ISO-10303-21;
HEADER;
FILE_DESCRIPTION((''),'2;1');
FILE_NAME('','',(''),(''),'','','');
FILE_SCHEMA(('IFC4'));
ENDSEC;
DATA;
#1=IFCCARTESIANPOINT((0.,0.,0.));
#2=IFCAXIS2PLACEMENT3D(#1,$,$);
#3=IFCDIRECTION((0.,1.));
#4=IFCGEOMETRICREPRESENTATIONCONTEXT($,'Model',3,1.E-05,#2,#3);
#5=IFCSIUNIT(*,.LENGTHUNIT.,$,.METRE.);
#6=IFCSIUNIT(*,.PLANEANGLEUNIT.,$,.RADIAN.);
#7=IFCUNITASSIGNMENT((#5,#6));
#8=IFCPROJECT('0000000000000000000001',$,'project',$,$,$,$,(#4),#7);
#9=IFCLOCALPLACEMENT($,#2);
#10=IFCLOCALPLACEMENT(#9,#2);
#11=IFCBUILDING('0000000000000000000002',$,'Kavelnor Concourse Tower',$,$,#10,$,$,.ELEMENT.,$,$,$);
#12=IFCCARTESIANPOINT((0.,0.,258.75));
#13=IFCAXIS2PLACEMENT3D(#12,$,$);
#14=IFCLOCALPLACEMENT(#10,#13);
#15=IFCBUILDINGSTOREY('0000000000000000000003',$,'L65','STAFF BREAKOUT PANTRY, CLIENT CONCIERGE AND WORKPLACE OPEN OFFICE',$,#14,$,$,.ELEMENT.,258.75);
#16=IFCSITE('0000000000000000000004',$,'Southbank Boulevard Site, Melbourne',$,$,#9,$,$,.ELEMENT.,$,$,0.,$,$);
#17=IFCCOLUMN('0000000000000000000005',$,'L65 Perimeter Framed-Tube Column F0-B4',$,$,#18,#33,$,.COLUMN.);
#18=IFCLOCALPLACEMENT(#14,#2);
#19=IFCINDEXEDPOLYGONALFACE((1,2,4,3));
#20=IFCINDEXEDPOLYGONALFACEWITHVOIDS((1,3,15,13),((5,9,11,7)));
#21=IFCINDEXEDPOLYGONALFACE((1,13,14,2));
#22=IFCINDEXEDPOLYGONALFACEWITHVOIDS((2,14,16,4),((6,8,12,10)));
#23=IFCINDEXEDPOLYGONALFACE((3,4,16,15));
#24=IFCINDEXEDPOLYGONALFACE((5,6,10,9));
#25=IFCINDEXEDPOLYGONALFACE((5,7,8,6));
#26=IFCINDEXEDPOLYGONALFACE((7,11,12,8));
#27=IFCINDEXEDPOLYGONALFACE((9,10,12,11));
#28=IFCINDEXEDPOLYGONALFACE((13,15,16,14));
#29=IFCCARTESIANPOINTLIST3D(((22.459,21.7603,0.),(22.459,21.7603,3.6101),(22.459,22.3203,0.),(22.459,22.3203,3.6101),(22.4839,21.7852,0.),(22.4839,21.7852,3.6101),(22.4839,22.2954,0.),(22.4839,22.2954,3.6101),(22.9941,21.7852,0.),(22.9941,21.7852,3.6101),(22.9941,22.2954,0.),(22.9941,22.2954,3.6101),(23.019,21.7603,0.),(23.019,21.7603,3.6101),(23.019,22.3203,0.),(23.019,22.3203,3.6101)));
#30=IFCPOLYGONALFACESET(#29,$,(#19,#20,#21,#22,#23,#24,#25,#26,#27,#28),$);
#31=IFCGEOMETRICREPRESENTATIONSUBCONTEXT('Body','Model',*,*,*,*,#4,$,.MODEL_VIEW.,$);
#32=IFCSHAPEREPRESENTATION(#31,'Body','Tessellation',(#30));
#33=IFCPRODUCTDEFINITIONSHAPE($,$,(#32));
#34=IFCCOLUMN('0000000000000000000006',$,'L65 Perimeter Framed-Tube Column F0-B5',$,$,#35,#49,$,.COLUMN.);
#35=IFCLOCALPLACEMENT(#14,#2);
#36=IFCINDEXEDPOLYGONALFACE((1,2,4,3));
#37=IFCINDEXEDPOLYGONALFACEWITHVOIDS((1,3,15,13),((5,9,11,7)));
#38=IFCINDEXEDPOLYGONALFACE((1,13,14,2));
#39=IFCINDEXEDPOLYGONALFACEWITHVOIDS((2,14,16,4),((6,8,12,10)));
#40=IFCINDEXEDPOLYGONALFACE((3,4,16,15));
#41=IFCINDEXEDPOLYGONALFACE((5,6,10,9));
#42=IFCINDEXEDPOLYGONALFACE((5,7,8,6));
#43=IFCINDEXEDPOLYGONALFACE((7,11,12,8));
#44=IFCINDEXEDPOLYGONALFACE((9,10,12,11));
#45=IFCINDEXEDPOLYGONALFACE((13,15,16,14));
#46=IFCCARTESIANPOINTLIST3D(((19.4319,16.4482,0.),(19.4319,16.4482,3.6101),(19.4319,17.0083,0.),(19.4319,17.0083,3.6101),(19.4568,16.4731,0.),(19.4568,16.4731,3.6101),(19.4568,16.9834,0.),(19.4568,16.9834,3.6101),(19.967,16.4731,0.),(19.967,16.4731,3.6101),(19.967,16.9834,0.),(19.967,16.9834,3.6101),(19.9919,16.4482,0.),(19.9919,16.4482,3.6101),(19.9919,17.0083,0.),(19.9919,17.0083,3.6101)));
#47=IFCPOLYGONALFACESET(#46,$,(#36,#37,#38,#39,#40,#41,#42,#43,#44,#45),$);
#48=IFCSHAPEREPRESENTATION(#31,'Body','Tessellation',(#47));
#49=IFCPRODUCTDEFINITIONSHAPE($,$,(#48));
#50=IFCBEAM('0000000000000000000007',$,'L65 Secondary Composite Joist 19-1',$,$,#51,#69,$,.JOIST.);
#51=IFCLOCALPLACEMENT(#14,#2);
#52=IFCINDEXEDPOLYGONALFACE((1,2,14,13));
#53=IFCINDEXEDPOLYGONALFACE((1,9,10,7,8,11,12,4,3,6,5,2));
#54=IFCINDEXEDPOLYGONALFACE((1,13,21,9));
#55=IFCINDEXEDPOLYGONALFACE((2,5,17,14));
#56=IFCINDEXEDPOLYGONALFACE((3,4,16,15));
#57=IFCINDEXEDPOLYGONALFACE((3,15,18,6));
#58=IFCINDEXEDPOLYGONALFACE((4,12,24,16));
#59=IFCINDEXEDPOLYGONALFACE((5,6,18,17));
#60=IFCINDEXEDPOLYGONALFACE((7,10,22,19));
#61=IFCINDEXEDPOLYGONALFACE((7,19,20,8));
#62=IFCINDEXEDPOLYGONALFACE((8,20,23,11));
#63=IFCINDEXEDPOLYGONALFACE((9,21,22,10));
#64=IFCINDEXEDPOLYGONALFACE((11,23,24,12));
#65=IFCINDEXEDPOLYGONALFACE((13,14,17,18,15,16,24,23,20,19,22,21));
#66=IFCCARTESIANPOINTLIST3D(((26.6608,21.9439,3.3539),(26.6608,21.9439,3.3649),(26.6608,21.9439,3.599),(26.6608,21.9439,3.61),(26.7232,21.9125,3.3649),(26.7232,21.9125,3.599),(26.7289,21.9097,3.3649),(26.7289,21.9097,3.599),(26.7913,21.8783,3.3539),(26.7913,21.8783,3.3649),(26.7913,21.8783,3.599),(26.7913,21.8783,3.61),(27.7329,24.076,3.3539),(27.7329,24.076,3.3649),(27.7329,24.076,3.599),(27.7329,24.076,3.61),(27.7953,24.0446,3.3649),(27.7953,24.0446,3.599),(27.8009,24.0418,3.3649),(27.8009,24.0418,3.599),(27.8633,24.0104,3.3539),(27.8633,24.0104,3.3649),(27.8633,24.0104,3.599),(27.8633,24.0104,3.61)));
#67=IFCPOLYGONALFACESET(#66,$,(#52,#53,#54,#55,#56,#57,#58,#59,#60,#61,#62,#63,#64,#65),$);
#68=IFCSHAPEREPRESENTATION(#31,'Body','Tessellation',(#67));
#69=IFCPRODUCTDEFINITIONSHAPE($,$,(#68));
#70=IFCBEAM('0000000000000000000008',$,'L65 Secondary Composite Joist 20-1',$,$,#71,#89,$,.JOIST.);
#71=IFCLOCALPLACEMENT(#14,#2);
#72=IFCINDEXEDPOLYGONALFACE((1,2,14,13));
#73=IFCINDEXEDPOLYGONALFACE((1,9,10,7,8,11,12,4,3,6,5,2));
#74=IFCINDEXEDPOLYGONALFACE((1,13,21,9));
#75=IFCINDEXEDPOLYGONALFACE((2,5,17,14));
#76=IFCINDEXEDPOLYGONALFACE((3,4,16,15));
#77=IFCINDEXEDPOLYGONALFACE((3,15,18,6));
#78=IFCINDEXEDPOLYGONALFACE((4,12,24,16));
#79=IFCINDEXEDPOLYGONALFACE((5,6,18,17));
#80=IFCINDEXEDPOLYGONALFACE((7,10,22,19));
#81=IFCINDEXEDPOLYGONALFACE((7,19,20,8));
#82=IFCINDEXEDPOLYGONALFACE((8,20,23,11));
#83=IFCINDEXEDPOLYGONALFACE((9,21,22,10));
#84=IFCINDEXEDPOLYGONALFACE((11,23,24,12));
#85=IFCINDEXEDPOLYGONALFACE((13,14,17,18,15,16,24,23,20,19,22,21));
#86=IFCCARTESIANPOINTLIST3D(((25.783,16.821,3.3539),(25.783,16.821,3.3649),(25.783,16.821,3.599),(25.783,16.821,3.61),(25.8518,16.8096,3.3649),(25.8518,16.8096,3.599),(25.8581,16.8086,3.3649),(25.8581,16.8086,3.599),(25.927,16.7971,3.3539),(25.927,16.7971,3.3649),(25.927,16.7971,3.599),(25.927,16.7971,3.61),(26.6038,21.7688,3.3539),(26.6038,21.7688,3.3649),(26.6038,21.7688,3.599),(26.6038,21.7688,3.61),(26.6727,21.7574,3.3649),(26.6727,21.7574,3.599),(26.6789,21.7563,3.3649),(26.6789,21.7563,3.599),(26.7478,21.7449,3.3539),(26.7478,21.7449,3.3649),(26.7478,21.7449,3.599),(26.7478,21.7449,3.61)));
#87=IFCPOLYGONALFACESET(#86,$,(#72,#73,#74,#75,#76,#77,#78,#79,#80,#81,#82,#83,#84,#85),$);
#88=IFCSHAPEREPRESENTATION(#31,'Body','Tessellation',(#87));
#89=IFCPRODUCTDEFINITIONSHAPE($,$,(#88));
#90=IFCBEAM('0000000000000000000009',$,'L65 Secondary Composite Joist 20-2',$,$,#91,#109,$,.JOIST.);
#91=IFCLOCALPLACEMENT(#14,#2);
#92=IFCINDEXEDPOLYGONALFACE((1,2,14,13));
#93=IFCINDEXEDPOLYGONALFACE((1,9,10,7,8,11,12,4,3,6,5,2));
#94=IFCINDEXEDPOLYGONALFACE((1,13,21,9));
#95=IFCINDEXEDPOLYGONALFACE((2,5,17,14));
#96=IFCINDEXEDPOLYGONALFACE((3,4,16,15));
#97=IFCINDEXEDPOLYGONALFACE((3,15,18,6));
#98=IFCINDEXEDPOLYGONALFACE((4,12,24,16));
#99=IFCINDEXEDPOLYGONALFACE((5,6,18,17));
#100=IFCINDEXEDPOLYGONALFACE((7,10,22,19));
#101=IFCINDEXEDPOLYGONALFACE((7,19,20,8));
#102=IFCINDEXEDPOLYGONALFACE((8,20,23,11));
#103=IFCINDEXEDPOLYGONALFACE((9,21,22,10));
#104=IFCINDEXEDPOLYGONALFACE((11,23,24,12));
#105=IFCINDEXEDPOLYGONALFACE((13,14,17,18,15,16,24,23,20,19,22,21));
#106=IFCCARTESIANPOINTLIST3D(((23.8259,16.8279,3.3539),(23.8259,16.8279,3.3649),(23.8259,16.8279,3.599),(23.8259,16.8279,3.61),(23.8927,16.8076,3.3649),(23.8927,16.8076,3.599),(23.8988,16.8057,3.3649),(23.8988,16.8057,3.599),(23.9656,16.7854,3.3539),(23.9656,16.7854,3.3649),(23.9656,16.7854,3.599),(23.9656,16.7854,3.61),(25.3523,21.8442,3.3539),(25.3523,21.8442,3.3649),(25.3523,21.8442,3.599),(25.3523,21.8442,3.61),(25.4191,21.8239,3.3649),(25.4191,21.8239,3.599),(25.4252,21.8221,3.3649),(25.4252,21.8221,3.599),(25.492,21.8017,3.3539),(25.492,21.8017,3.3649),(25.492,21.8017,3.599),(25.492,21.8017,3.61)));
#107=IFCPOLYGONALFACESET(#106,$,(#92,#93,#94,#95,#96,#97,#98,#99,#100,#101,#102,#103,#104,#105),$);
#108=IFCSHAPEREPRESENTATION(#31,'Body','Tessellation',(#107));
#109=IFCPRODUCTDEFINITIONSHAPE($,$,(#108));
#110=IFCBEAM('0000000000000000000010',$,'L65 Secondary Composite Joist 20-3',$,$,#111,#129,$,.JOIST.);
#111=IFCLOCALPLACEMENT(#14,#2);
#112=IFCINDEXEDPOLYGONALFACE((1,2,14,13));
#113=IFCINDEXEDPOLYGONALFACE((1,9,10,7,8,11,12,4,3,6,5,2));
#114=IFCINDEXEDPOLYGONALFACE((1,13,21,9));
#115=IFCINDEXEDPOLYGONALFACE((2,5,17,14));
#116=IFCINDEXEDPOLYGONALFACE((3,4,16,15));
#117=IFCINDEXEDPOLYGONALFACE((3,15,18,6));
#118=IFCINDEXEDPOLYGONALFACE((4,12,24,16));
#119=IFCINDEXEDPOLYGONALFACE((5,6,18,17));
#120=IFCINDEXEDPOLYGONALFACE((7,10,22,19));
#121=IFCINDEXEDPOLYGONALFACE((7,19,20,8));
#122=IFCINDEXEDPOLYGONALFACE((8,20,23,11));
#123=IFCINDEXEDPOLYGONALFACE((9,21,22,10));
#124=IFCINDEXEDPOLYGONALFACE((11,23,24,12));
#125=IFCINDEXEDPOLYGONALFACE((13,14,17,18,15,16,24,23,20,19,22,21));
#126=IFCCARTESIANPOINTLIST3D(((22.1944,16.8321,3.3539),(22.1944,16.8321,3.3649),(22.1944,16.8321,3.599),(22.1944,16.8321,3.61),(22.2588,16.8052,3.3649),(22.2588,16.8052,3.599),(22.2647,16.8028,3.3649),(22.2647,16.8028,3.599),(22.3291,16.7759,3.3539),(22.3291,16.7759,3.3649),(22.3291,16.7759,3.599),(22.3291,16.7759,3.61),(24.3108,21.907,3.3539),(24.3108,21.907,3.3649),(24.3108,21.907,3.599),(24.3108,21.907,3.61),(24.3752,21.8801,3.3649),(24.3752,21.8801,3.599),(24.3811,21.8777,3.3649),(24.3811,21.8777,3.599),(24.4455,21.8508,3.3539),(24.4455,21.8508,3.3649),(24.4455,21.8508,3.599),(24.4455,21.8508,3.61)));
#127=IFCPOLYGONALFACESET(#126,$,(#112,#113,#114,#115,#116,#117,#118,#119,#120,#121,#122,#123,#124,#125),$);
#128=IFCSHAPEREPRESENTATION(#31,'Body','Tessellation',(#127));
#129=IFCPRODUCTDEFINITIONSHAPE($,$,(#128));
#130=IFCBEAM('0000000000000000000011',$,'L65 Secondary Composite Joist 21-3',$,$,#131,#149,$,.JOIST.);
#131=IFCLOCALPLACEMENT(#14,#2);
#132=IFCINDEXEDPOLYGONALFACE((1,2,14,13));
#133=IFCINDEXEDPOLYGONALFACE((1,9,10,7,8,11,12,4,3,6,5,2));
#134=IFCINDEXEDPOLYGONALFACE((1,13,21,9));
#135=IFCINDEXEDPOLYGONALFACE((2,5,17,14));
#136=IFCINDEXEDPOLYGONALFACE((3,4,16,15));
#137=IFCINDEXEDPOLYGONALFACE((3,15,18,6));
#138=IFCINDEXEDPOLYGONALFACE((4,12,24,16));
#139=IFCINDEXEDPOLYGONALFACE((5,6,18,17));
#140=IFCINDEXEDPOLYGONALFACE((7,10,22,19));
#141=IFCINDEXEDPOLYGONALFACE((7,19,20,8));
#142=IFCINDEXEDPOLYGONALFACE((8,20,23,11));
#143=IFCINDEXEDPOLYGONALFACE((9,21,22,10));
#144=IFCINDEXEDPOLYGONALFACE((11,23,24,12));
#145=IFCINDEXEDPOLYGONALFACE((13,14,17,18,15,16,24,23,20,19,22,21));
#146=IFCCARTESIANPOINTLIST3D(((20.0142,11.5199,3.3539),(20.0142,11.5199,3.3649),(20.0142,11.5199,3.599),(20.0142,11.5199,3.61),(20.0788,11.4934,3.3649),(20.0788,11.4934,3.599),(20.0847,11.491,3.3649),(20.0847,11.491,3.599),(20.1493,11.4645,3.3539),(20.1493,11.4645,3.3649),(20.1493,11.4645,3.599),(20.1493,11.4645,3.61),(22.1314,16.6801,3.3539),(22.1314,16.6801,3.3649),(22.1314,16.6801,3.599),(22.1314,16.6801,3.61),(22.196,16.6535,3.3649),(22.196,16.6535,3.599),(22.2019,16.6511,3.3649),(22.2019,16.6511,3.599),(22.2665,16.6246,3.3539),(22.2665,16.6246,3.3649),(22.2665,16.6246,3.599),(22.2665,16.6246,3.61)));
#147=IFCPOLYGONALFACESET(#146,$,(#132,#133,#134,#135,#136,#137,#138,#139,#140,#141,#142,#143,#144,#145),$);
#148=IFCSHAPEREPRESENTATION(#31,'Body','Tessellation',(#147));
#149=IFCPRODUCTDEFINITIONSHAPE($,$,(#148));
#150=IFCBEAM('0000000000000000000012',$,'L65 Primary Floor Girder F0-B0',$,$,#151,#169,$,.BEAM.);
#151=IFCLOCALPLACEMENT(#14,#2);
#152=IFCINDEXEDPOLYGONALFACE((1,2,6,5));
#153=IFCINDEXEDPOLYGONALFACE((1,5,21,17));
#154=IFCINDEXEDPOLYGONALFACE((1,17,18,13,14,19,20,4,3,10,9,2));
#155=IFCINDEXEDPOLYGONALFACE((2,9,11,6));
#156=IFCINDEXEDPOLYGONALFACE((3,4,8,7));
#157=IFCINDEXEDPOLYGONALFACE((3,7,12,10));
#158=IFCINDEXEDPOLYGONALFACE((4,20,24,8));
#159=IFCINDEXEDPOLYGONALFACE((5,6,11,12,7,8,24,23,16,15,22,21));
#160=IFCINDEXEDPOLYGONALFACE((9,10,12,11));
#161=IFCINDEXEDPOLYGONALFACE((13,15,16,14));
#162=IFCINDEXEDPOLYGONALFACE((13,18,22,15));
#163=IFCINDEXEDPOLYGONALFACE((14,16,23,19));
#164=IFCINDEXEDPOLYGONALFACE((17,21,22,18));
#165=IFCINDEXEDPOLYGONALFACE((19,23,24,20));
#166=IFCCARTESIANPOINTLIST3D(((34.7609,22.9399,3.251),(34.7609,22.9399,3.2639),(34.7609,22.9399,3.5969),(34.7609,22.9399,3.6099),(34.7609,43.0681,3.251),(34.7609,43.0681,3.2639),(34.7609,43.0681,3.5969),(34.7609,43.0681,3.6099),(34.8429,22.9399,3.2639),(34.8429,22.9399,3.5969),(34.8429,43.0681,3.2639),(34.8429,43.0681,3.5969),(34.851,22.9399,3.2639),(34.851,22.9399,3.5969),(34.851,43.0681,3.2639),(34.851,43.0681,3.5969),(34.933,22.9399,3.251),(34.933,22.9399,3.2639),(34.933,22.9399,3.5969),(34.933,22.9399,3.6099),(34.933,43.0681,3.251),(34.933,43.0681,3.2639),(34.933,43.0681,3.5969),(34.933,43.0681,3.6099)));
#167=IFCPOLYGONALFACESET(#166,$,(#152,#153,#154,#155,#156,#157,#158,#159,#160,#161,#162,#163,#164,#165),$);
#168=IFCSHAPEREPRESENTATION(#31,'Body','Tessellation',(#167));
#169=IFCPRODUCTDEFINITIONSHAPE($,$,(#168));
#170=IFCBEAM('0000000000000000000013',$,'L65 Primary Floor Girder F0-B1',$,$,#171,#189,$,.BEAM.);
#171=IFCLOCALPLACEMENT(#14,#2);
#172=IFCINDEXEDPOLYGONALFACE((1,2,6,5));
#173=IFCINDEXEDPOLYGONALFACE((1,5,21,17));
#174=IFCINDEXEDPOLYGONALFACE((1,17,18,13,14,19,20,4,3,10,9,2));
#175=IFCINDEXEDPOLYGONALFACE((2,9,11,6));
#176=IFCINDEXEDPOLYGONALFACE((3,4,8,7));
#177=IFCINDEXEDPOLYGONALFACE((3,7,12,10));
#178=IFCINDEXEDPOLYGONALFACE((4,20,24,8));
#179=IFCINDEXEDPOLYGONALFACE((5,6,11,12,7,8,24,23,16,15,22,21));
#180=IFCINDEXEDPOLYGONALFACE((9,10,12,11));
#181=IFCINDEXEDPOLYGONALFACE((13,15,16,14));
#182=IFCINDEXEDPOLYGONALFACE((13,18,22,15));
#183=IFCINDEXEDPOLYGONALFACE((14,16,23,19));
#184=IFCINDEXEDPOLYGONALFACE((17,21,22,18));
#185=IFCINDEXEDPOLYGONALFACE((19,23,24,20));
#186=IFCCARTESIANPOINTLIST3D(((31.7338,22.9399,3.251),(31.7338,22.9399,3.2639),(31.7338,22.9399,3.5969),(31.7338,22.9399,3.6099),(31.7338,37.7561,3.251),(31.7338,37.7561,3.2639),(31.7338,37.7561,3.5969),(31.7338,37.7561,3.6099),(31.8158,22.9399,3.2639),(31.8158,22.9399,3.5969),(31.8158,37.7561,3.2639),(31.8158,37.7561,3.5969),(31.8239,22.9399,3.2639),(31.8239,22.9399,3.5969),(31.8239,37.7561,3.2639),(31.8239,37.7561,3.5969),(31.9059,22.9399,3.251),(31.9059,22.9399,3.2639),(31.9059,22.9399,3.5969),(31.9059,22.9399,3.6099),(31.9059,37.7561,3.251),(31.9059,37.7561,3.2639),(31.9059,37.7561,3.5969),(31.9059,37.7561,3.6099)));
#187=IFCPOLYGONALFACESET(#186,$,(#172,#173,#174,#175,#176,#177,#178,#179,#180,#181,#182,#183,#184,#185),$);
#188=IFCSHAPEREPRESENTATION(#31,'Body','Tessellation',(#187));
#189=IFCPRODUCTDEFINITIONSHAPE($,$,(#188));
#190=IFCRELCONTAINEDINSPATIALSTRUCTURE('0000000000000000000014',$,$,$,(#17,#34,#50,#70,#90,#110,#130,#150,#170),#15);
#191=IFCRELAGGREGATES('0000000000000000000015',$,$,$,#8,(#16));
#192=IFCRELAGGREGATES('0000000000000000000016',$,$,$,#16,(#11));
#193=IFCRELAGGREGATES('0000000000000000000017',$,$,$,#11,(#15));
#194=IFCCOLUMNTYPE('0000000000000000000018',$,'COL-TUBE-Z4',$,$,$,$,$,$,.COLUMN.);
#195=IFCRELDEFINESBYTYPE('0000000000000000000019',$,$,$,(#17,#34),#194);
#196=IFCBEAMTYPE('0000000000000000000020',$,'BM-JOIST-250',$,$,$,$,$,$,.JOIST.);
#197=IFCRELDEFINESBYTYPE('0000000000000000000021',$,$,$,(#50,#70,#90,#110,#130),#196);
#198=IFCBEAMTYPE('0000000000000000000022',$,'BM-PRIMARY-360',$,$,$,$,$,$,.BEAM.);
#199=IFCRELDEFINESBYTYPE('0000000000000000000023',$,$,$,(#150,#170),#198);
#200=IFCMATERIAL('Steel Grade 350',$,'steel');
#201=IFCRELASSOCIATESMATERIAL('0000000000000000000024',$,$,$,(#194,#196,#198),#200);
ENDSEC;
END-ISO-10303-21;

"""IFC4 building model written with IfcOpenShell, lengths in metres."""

from ifc_helpers import new_model, si_unit, direction, frame, origin, origin_2d, place, context, subcontext, project, spatial, hollow_rectangle, i_section, extrude, material, material_profile, profile_set, type_object, element, save


model = new_model("IFC4")

# Units and contexts
model_context = context("Model", 3, precision=1e-05, world=origin(), true_north=direction((0.0, 1.0)))
body_context = subcontext(model_context, "Body", "Model", "MODEL_VIEW")
ifc_project = project(units=[si_unit("LENGTHUNIT", "METRE"), si_unit("PLANEANGLEUNIT", "RADIAN")], contexts=[model_context])

# Site, building, storey
site_placement = place(None, origin())
site = spatial("IfcSite", under=ifc_project, at=site_placement, Name="Southbank Boulevard Site, Melbourne", CompositionType="ELEMENT", RefElevation=0.0)
building_placement = place(site_placement, origin())
building = spatial("IfcBuilding", under=site, at=building_placement, Name="Kavelnor Concourse Tower", CompositionType="ELEMENT")
storey_placement = place(building_placement, frame((0.0, 0.0, 258.75)))
storey = spatial("IfcBuildingStorey", under=building, at=storey_placement, Name="L65", Description="STAFF BREAKOUT PANTRY, CLIENT CONCIERGE AND WORKPLACE OPEN OFFICE", CompositionType="ELEMENT", Elevation=258.75)

# Columns
ifc_material_1 = material(Name="Steel Grade 350", Category="steel")
ifc_material_profile_1 = material_profile(ifc_material_1, hollow_rectangle(XDim=0.5601, YDim=0.5601, WallThickness=0.0249, at=origin_2d()), Name="SHS 560x560x25")
ifc_profile_set_1 = profile_set([ifc_material_profile_1], Name="Steel Grade 350")
column_type = type_object("IfcColumnType", Name="COL-TUBE-Z4", PredefinedType="COLUMN", material=ifc_profile_set_1)
for number, where, z_axis, x_axis, name in (
    (1, (22.739, 22.0403, 0.0), (0.0, 0.0, 1.0), (1.0, 0.0, 0.0), "L65 Perimeter Framed-Tube Column F0-B4"),
    (2, (19.7119, 16.7283, 0.0), (0.0, 0.0, 1.0), (1.0, 0.0, 0.0), "L65 Perimeter Framed-Tube Column F0-B5"),
):
    element("IfcColumn", number, at=place(storey_placement, frame(where, z_axis=z_axis, x_axis=x_axis)), inside=storey, type_object=column_type, Name=name, PredefinedType="COLUMN", context=body_context, shape_type="SweptSolid", body=[
        extrude(hollow_rectangle(XDim=0.5601, YDim=0.5601, WallThickness=0.0249, at=origin_2d()), origin(), (0.0, 0.0, 1.0), 3.6101),
    ])

# Beams
ifc_material_profile_2 = material_profile(ifc_material_1, i_section(OverallWidth=0.146, OverallDepth=0.2561, WebThickness=0.0063, FlangeThickness=0.011, at=origin_2d()), Name="250UB37")
ifc_profile_set_2 = profile_set([ifc_material_profile_2], Name="Steel Grade 350")
beam_type_1 = type_object("IfcBeamType", Name="BM-JOIST-250", PredefinedType="JOIST", material=ifc_profile_set_2)
beam_1_placement = place(storey_placement, frame((27.7981, 24.0432, 3.4819), z_axis=(-0.449218, -0.893422, 0.0), x_axis=(0.893422, -0.449218, 0.0)))
element("IfcBeam", 3, at=beam_1_placement, inside=storey, type_object=beam_type_1, Name="L65 Secondary Composite Joist 19-1", PredefinedType="JOIST", context=body_context, shape_type="SweptSolid", body=[
    extrude(i_section(OverallWidth=0.146, OverallDepth=0.2561, WebThickness=0.0063, FlangeThickness=0.011, at=origin_2d()), origin(), (0.0, 0.0, 1.0), 2.3865),
])
beam_2_placement = place(storey_placement, frame((26.6758, 21.7568, 3.4819), z_axis=(-0.163657, -0.986517, 0.0), x_axis=(0.986517, -0.163657, 0.0)))
element("IfcBeam", 4, at=beam_2_placement, inside=storey, type_object=beam_type_1, Name="L65 Secondary Composite Joist 20-1", PredefinedType="JOIST", context=body_context, shape_type="SweptSolid", body=[
    extrude(i_section(OverallWidth=0.146, OverallDepth=0.2561, WebThickness=0.0063, FlangeThickness=0.011, at=origin_2d()), origin(), (0.0, 0.0, 1.0), 5.0154),
])
beam_3_placement = place(storey_placement, frame((25.4221, 21.823, 3.4819), z_axis=(-0.2911, -0.956692, 0.0), x_axis=(0.956692, -0.2911, 0.0)))
element("IfcBeam", 5, at=beam_3_placement, inside=storey, type_object=beam_type_1, Name="L65 Secondary Composite Joist 20-2", PredefinedType="JOIST", context=body_context, shape_type="SweptSolid", body=[
    extrude(i_section(OverallWidth=0.146, OverallDepth=0.2561, WebThickness=0.0063, FlangeThickness=0.011, at=origin_2d()), origin(), (0.0, 0.0, 1.0), 5.2434),
])
beam_4_placement = place(storey_placement, frame((24.3782, 21.8789, 3.4819), z_axis=(-0.384909, -0.922955, 0.0), x_axis=(0.922955, -0.384909, 0.0)))
element("IfcBeam", 6, at=beam_4_placement, inside=storey, type_object=beam_type_1, Name="L65 Secondary Composite Joist 20-3", PredefinedType="JOIST", context=body_context, shape_type="SweptSolid", body=[
    extrude(i_section(OverallWidth=0.146, OverallDepth=0.2561, WebThickness=0.0063, FlangeThickness=0.011, at=origin_2d()), origin(), (0.0, 0.0, 1.0), 5.4985),
])
beam_5_placement = place(storey_placement, frame((22.199, 16.6523, 3.4819), z_axis=(-0.379587, -0.925156, 0.0), x_axis=(0.925156, -0.379587, 0.0)))
element("IfcBeam", 7, at=beam_5_placement, inside=storey, type_object=beam_type_1, Name="L65 Secondary Composite Joist 21-3", PredefinedType="JOIST", context=body_context, shape_type="SweptSolid", body=[
    extrude(i_section(OverallWidth=0.146, OverallDepth=0.2561, WebThickness=0.0063, FlangeThickness=0.011, at=origin_2d()), origin(), (0.0, 0.0, 1.0), 5.5776),
])
ifc_material_profile_3 = material_profile(ifc_material_1, i_section(OverallWidth=0.1721, OverallDepth=0.3589, WebThickness=0.0081, FlangeThickness=0.0129, at=origin_2d()), Name="360UB56")
ifc_profile_set_3 = profile_set([ifc_material_profile_3], Name="Steel Grade 350")
beam_type_2 = type_object("IfcBeamType", Name="BM-PRIMARY-360", PredefinedType="BEAM", material=ifc_profile_set_3)
beam_6_placement = place(storey_placement, frame((34.8469, 22.9399, 3.4304), z_axis=(0.0, 1.0, 0.0), x_axis=(-1.0, 0.0, 0.0)))
element("IfcBeam", 8, at=beam_6_placement, inside=storey, type_object=beam_type_2, Name="L65 Primary Floor Girder F0-B0", PredefinedType="BEAM", context=body_context, shape_type="SweptSolid", body=[
    extrude(i_section(OverallWidth=0.1721, OverallDepth=0.3589, WebThickness=0.0081, FlangeThickness=0.0129, at=origin_2d()), origin(), (0.0, 0.0, 1.0), 20.1282),
])
beam_7_placement = place(storey_placement, frame((31.8198, 22.9399, 3.4304), z_axis=(0.0, 1.0, 0.0), x_axis=(-1.0, 0.0, 0.0)))
element("IfcBeam", 9, at=beam_7_placement, inside=storey, type_object=beam_type_2, Name="L65 Primary Floor Girder F0-B1", PredefinedType="BEAM", context=body_context, shape_type="SweptSolid", body=[
    extrude(i_section(OverallWidth=0.1721, OverallDepth=0.3589, WebThickness=0.0081, FlangeThickness=0.0129, at=origin_2d()), origin(), (0.0, 0.0, 1.0), 14.8162),
])

save(model, "model.ifc")
